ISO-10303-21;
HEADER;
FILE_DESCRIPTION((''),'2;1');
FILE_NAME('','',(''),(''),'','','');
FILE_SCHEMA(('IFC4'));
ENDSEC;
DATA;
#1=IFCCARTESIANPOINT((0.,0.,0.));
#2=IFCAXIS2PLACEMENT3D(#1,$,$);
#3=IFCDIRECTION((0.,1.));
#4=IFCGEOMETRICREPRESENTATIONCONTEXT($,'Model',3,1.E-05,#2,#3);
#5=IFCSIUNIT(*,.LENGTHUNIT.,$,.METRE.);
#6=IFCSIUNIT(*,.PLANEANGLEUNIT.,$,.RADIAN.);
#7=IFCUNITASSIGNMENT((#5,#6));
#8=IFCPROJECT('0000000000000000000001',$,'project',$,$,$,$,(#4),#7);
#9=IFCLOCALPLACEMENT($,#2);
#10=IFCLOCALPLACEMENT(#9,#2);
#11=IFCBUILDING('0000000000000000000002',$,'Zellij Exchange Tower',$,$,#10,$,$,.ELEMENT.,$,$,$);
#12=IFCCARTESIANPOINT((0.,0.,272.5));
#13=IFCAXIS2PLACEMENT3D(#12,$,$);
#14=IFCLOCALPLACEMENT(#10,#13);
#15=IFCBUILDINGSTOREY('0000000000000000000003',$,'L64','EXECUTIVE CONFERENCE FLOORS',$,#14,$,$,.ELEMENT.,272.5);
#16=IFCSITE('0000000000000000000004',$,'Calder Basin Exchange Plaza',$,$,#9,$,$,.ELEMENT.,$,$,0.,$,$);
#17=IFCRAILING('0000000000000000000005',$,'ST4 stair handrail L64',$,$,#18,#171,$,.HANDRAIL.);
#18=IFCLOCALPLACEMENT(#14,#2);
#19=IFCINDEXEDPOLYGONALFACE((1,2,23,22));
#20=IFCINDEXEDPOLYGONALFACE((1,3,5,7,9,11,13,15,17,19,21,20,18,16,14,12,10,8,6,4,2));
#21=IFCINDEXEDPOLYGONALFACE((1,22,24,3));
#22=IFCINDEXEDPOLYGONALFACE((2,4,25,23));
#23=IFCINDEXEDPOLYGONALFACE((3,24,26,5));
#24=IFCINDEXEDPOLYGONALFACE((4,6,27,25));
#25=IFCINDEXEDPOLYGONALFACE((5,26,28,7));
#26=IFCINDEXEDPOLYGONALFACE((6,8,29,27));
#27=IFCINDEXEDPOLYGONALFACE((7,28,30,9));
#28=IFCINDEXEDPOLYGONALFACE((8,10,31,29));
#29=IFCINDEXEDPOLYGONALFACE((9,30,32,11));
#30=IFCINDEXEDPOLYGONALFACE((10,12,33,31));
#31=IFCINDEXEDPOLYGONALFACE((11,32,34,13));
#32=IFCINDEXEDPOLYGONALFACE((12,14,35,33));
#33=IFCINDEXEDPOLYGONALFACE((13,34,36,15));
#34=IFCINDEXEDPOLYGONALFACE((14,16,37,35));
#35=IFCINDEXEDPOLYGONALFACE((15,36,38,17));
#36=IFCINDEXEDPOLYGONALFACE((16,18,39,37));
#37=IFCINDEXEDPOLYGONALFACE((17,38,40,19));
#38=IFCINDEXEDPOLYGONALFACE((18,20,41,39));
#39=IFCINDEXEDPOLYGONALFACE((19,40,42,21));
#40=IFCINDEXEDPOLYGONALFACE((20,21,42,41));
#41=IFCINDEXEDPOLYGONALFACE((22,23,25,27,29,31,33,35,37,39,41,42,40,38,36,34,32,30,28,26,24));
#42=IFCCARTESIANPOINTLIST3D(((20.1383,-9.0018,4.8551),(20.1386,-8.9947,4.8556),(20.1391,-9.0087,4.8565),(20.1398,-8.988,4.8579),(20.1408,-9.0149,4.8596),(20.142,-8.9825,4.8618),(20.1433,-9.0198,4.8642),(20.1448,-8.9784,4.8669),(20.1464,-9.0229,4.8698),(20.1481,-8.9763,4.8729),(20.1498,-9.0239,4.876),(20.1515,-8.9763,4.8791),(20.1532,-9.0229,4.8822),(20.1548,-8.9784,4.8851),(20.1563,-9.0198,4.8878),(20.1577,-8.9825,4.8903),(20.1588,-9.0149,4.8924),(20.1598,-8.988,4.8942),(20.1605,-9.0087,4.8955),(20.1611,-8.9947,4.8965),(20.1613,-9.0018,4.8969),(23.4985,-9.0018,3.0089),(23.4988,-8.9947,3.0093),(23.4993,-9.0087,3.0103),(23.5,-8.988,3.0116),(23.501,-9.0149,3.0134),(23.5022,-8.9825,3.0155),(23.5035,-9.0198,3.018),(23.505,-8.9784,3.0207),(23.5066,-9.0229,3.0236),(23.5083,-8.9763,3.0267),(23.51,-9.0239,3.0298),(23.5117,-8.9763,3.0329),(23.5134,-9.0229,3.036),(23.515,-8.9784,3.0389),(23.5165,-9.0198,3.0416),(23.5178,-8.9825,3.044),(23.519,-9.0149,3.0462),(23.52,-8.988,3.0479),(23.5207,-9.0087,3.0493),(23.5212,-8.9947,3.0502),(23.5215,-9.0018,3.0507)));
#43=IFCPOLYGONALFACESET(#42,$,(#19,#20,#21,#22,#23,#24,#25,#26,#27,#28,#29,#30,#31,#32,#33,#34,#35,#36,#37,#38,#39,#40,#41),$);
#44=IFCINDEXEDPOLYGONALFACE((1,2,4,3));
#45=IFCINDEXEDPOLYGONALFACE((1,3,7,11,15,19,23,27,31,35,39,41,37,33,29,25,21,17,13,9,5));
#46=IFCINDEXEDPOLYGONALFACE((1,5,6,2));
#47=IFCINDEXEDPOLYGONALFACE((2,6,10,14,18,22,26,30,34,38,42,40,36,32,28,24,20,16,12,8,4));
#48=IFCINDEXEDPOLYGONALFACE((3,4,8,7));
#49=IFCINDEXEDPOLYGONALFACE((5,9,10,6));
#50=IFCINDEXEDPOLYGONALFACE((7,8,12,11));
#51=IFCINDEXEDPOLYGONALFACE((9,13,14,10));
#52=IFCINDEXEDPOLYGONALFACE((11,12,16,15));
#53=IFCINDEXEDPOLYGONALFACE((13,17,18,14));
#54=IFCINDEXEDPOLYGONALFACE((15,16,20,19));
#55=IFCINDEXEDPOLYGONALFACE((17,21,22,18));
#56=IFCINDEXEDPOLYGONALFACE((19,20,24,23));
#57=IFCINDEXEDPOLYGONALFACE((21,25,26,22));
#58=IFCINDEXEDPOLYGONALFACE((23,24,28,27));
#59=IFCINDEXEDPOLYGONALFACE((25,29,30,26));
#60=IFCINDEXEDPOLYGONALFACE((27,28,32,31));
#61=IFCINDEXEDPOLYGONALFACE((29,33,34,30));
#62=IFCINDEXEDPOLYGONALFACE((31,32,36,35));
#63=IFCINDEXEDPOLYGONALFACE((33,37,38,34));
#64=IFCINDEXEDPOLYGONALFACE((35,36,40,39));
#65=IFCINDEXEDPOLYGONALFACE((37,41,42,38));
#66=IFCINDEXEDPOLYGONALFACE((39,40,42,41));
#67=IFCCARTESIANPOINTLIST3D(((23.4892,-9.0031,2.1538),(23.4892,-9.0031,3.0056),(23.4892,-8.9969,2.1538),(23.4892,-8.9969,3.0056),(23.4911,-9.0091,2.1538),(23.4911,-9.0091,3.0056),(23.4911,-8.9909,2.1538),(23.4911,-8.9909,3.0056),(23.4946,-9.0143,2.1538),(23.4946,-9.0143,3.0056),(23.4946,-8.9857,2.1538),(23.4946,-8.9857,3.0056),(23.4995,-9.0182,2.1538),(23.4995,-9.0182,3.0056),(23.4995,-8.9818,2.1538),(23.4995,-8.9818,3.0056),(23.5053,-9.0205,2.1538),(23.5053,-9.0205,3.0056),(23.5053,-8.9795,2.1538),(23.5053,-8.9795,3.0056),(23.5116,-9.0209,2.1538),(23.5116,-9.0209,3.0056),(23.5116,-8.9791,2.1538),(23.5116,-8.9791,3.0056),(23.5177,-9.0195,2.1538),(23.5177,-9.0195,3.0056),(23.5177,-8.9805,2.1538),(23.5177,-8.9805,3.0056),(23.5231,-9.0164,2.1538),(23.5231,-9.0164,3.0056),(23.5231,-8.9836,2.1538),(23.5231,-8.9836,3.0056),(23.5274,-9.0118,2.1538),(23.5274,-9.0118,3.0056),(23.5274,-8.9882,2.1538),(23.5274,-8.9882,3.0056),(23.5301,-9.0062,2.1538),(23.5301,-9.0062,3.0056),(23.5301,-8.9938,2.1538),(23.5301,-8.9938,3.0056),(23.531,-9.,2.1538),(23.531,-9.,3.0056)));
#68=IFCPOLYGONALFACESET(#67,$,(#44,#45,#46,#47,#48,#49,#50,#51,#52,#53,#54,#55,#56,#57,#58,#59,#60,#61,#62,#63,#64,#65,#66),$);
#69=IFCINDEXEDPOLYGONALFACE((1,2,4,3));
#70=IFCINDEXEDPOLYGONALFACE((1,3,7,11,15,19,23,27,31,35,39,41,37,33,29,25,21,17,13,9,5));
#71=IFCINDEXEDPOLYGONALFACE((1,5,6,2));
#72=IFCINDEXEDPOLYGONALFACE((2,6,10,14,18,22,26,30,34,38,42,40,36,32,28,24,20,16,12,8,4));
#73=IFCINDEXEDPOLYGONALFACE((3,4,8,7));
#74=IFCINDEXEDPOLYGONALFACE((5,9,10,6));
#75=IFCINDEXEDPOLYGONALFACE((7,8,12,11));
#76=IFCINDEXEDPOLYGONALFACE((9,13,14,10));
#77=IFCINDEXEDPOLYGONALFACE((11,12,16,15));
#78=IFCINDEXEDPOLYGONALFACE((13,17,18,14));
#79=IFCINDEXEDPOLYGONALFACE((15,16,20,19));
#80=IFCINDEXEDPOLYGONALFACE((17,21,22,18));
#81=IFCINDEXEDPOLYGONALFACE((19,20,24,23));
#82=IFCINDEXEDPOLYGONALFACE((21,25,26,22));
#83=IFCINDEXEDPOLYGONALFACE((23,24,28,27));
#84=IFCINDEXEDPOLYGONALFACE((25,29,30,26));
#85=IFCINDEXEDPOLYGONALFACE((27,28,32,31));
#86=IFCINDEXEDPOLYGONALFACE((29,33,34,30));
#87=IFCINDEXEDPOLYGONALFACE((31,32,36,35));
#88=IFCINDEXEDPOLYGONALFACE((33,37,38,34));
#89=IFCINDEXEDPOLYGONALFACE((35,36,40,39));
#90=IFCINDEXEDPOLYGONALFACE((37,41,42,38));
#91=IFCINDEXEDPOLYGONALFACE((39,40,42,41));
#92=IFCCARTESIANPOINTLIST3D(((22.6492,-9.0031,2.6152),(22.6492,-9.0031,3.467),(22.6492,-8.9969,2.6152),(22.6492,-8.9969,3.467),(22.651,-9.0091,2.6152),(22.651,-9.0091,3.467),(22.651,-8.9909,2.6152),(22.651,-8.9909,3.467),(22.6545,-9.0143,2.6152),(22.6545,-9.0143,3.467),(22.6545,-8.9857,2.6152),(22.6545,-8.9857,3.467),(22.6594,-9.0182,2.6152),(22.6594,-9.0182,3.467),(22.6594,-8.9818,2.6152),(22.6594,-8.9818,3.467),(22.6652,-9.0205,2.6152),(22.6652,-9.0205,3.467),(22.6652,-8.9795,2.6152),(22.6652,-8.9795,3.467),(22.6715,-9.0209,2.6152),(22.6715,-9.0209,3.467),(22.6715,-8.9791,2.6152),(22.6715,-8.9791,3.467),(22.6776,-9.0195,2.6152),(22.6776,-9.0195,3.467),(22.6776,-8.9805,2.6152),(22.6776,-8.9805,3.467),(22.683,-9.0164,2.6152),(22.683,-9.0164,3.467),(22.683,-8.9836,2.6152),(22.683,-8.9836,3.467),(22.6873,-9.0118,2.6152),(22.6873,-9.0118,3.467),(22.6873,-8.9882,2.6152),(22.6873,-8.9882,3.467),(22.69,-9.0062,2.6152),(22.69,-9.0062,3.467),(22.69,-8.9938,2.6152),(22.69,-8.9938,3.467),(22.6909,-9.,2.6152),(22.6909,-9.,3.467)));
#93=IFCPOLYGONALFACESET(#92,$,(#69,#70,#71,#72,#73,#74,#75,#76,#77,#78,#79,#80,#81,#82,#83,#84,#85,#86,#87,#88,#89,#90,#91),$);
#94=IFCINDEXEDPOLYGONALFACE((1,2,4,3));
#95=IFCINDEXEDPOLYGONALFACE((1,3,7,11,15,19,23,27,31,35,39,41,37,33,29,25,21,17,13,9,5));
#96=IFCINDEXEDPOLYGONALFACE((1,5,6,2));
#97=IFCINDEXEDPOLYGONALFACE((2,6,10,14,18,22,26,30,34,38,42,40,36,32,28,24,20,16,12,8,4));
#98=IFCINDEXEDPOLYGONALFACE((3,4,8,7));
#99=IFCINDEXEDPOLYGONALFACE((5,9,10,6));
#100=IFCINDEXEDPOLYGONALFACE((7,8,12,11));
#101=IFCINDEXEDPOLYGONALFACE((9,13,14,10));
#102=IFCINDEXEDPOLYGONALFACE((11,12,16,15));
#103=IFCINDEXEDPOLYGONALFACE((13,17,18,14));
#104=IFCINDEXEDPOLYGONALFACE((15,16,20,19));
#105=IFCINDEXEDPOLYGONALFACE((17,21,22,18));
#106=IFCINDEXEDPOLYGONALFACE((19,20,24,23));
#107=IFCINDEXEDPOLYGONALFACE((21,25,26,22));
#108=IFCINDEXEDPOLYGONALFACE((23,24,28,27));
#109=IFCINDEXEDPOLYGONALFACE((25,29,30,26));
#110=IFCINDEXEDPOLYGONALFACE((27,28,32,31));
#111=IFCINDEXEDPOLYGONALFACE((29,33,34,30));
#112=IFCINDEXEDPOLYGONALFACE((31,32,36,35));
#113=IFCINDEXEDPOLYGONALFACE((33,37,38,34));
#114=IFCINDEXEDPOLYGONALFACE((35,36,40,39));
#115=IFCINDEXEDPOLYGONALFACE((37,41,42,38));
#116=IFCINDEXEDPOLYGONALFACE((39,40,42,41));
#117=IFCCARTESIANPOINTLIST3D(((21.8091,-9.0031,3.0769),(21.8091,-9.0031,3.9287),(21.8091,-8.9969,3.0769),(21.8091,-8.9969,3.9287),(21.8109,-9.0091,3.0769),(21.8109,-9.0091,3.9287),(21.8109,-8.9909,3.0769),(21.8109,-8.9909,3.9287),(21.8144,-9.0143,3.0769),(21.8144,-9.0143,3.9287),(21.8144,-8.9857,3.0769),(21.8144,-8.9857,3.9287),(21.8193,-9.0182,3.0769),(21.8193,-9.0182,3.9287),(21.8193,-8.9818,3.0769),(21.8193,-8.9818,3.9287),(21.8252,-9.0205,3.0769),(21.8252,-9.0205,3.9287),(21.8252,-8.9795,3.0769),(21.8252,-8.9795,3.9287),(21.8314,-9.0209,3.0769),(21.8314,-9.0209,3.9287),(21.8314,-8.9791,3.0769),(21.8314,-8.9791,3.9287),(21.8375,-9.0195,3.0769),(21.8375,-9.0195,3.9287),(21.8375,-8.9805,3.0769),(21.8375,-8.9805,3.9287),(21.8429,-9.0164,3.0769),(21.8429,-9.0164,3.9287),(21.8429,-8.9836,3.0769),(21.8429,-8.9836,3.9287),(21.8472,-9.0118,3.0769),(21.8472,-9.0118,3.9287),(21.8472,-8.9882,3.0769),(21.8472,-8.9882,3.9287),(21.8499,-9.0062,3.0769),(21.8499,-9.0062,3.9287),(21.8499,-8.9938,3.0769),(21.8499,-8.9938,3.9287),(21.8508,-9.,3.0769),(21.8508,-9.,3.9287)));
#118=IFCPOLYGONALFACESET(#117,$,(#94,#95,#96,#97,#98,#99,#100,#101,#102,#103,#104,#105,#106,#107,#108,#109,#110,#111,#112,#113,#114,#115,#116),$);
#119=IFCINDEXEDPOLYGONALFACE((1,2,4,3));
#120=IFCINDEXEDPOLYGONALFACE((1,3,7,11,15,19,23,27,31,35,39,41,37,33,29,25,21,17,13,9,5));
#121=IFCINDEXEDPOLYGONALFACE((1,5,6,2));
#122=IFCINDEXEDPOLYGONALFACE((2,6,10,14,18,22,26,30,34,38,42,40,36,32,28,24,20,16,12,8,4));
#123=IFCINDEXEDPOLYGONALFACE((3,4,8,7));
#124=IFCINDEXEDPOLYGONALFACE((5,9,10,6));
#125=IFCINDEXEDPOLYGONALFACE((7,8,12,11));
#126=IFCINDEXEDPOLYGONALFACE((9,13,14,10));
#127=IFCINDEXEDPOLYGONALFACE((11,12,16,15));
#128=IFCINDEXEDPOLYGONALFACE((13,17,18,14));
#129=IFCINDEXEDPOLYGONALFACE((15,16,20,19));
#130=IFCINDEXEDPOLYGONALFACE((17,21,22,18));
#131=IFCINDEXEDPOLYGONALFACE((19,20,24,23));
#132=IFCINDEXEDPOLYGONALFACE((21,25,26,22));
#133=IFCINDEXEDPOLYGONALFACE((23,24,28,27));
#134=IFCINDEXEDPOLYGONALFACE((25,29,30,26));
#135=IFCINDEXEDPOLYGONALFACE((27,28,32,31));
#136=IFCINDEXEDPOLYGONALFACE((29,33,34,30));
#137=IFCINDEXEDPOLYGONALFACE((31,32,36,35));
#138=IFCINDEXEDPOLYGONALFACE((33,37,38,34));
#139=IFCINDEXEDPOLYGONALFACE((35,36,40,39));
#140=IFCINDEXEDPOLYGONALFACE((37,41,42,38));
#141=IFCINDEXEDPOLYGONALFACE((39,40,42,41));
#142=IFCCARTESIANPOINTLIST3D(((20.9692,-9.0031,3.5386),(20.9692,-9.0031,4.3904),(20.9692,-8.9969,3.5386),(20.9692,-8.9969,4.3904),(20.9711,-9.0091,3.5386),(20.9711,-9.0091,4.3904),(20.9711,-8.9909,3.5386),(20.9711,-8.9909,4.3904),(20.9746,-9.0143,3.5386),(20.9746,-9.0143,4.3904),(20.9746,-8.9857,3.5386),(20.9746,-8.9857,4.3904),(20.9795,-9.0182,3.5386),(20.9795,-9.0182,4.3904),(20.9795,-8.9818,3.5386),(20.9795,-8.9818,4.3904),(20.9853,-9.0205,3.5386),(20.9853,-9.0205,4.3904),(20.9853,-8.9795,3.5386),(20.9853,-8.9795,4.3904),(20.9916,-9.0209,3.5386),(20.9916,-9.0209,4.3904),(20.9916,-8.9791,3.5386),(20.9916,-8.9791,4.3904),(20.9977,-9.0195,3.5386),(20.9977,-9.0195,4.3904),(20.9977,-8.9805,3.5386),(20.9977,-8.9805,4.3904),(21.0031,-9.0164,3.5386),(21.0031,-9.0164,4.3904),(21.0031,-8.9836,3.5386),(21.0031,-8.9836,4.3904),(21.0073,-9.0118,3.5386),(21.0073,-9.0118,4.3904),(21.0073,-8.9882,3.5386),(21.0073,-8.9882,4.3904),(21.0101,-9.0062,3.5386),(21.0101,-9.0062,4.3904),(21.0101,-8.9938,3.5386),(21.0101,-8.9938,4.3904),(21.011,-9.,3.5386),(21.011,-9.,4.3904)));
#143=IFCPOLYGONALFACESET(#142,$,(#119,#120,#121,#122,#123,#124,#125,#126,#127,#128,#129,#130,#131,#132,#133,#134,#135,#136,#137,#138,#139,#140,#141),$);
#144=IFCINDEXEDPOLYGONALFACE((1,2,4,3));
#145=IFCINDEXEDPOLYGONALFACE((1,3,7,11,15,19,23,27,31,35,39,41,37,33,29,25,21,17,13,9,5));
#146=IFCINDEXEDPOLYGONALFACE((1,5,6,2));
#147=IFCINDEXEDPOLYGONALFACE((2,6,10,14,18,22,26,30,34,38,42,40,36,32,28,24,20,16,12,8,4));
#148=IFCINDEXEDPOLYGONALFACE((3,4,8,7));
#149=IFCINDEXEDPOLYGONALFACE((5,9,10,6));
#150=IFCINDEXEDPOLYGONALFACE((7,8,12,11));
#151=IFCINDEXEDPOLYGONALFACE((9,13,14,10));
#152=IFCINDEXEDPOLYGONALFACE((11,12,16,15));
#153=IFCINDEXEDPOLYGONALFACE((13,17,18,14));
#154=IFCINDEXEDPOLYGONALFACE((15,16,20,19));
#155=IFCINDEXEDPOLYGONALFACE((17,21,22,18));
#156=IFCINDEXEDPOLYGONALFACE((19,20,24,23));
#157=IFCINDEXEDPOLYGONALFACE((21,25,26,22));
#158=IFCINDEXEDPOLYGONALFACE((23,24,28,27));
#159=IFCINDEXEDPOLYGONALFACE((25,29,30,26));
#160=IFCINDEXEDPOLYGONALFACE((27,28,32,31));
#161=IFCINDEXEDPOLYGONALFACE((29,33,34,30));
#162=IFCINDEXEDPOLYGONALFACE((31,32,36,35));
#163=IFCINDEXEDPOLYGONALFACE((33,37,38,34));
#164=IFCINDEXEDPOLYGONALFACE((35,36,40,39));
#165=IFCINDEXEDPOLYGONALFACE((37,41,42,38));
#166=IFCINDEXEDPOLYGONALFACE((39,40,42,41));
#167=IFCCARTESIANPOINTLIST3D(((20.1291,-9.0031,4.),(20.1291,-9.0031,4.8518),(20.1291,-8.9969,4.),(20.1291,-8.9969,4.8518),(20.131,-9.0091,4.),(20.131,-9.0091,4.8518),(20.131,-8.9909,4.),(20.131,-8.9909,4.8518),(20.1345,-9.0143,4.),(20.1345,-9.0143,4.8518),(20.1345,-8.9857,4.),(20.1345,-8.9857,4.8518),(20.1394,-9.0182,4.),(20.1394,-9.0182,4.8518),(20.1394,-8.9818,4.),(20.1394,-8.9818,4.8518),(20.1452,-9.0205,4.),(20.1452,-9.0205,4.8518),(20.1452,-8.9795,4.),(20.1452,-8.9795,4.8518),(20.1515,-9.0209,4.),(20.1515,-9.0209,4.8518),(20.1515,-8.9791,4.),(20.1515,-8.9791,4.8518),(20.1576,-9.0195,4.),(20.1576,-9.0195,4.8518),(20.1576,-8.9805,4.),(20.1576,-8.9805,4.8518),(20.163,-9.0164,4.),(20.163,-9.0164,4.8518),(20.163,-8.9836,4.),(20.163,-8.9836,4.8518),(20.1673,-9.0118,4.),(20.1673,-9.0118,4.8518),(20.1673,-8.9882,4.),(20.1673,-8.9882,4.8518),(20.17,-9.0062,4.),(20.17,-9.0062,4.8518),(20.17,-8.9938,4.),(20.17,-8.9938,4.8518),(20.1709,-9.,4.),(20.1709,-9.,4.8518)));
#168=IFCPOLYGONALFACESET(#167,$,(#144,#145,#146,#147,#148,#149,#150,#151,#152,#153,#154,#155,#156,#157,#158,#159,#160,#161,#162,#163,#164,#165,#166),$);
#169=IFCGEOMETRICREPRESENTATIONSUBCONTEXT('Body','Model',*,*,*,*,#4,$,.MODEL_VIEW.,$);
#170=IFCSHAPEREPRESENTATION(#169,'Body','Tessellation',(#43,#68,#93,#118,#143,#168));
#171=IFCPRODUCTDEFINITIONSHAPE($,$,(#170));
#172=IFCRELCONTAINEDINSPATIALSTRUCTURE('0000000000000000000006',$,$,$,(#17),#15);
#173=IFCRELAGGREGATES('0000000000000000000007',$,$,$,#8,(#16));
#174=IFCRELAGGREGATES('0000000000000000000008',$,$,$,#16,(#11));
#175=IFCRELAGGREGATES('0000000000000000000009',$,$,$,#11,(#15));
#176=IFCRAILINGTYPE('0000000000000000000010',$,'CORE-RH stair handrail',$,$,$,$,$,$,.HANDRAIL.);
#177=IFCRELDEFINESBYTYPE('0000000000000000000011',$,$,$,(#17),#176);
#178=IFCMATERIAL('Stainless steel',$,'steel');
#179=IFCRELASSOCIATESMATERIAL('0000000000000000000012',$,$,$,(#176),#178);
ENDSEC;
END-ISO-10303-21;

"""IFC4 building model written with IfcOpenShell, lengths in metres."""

from ifc_helpers import new_model, si_unit, direction, frame, origin, origin_2d, place, context, subcontext, project, spatial, circle, extrude, material, type_object, element, save


model = new_model("IFC4")

# Units and contexts
model_context = context("Model", 3, precision=1e-05, world=origin(), true_north=direction((0.0, 1.0)))
body_context = subcontext(model_context, "Body", "Model", "MODEL_VIEW")
ifc_project = project(units=[si_unit("LENGTHUNIT", "METRE"), si_unit("PLANEANGLEUNIT", "RADIAN")], contexts=[model_context])

# Site, building, storey
site_placement = place(None, origin())
site = spatial("IfcSite", under=ifc_project, at=site_placement, Name="Calder Basin Exchange Plaza", CompositionType="ELEMENT", RefElevation=0.0)
building_placement = place(site_placement, origin())
building = spatial("IfcBuilding", under=site, at=building_placement, Name="Zellij Exchange Tower", CompositionType="ELEMENT")
storey_placement = place(building_placement, frame((0.0, 0.0, 272.5)))
storey = spatial("IfcBuildingStorey", under=building, at=storey_placement, Name="L64", Description="EXECUTIVE CONFERENCE FLOORS", CompositionType="ELEMENT", Elevation=272.5)

# Railing
ifc_material_1 = material(Name="Stainless steel", Category="steel")
railing_type_1 = type_object("IfcRailingType", Name="CORE-RH stair handrail", PredefinedType="HANDRAIL", material=ifc_material_1)
railing_1_placement = place(storey_placement, frame((23.51, -9.0, 2.1538)))
element("IfcRailing", 1, at=railing_1_placement, inside=storey, type_object=railing_type_1, Name="ST4 stair handrail L64", PredefinedType="HANDRAIL", context=body_context, shape_type="SweptSolid", body=[
    extrude(circle(Radius=0.0239, at=origin_2d()), frame((0.0, 0.0, 0.876), z_axis=(-0.876422, 0.0, 0.481545), x_axis=(0.0, -1.0, 0.0)), (0.0, 0.0, 1.0), 3.834),
    extrude(circle(Radius=0.021, at=origin_2d()), origin(), (0.0, 0.0, 1.0), 0.8518),
    extrude(circle(Radius=0.021, at=origin_2d()), frame((-0.8401, 0.0, 0.4614)), (0.0, 0.0, 1.0), 0.8518),
    extrude(circle(Radius=0.021, at=origin_2d()), frame((-1.6802, 0.0, 0.9231)), (0.0, 0.0, 1.0), 0.8518),
    extrude(circle(Radius=0.021, at=origin_2d()), frame((-2.52, 0.0, 1.3848)), (0.0, 0.0, 1.0), 0.8518),
    extrude(circle(Radius=0.021, at=origin_2d()), frame((-3.3601, 0.0, 1.8462)), (0.0, 0.0, 1.0), 0.8518),
])

save(model, "model.ifc")
